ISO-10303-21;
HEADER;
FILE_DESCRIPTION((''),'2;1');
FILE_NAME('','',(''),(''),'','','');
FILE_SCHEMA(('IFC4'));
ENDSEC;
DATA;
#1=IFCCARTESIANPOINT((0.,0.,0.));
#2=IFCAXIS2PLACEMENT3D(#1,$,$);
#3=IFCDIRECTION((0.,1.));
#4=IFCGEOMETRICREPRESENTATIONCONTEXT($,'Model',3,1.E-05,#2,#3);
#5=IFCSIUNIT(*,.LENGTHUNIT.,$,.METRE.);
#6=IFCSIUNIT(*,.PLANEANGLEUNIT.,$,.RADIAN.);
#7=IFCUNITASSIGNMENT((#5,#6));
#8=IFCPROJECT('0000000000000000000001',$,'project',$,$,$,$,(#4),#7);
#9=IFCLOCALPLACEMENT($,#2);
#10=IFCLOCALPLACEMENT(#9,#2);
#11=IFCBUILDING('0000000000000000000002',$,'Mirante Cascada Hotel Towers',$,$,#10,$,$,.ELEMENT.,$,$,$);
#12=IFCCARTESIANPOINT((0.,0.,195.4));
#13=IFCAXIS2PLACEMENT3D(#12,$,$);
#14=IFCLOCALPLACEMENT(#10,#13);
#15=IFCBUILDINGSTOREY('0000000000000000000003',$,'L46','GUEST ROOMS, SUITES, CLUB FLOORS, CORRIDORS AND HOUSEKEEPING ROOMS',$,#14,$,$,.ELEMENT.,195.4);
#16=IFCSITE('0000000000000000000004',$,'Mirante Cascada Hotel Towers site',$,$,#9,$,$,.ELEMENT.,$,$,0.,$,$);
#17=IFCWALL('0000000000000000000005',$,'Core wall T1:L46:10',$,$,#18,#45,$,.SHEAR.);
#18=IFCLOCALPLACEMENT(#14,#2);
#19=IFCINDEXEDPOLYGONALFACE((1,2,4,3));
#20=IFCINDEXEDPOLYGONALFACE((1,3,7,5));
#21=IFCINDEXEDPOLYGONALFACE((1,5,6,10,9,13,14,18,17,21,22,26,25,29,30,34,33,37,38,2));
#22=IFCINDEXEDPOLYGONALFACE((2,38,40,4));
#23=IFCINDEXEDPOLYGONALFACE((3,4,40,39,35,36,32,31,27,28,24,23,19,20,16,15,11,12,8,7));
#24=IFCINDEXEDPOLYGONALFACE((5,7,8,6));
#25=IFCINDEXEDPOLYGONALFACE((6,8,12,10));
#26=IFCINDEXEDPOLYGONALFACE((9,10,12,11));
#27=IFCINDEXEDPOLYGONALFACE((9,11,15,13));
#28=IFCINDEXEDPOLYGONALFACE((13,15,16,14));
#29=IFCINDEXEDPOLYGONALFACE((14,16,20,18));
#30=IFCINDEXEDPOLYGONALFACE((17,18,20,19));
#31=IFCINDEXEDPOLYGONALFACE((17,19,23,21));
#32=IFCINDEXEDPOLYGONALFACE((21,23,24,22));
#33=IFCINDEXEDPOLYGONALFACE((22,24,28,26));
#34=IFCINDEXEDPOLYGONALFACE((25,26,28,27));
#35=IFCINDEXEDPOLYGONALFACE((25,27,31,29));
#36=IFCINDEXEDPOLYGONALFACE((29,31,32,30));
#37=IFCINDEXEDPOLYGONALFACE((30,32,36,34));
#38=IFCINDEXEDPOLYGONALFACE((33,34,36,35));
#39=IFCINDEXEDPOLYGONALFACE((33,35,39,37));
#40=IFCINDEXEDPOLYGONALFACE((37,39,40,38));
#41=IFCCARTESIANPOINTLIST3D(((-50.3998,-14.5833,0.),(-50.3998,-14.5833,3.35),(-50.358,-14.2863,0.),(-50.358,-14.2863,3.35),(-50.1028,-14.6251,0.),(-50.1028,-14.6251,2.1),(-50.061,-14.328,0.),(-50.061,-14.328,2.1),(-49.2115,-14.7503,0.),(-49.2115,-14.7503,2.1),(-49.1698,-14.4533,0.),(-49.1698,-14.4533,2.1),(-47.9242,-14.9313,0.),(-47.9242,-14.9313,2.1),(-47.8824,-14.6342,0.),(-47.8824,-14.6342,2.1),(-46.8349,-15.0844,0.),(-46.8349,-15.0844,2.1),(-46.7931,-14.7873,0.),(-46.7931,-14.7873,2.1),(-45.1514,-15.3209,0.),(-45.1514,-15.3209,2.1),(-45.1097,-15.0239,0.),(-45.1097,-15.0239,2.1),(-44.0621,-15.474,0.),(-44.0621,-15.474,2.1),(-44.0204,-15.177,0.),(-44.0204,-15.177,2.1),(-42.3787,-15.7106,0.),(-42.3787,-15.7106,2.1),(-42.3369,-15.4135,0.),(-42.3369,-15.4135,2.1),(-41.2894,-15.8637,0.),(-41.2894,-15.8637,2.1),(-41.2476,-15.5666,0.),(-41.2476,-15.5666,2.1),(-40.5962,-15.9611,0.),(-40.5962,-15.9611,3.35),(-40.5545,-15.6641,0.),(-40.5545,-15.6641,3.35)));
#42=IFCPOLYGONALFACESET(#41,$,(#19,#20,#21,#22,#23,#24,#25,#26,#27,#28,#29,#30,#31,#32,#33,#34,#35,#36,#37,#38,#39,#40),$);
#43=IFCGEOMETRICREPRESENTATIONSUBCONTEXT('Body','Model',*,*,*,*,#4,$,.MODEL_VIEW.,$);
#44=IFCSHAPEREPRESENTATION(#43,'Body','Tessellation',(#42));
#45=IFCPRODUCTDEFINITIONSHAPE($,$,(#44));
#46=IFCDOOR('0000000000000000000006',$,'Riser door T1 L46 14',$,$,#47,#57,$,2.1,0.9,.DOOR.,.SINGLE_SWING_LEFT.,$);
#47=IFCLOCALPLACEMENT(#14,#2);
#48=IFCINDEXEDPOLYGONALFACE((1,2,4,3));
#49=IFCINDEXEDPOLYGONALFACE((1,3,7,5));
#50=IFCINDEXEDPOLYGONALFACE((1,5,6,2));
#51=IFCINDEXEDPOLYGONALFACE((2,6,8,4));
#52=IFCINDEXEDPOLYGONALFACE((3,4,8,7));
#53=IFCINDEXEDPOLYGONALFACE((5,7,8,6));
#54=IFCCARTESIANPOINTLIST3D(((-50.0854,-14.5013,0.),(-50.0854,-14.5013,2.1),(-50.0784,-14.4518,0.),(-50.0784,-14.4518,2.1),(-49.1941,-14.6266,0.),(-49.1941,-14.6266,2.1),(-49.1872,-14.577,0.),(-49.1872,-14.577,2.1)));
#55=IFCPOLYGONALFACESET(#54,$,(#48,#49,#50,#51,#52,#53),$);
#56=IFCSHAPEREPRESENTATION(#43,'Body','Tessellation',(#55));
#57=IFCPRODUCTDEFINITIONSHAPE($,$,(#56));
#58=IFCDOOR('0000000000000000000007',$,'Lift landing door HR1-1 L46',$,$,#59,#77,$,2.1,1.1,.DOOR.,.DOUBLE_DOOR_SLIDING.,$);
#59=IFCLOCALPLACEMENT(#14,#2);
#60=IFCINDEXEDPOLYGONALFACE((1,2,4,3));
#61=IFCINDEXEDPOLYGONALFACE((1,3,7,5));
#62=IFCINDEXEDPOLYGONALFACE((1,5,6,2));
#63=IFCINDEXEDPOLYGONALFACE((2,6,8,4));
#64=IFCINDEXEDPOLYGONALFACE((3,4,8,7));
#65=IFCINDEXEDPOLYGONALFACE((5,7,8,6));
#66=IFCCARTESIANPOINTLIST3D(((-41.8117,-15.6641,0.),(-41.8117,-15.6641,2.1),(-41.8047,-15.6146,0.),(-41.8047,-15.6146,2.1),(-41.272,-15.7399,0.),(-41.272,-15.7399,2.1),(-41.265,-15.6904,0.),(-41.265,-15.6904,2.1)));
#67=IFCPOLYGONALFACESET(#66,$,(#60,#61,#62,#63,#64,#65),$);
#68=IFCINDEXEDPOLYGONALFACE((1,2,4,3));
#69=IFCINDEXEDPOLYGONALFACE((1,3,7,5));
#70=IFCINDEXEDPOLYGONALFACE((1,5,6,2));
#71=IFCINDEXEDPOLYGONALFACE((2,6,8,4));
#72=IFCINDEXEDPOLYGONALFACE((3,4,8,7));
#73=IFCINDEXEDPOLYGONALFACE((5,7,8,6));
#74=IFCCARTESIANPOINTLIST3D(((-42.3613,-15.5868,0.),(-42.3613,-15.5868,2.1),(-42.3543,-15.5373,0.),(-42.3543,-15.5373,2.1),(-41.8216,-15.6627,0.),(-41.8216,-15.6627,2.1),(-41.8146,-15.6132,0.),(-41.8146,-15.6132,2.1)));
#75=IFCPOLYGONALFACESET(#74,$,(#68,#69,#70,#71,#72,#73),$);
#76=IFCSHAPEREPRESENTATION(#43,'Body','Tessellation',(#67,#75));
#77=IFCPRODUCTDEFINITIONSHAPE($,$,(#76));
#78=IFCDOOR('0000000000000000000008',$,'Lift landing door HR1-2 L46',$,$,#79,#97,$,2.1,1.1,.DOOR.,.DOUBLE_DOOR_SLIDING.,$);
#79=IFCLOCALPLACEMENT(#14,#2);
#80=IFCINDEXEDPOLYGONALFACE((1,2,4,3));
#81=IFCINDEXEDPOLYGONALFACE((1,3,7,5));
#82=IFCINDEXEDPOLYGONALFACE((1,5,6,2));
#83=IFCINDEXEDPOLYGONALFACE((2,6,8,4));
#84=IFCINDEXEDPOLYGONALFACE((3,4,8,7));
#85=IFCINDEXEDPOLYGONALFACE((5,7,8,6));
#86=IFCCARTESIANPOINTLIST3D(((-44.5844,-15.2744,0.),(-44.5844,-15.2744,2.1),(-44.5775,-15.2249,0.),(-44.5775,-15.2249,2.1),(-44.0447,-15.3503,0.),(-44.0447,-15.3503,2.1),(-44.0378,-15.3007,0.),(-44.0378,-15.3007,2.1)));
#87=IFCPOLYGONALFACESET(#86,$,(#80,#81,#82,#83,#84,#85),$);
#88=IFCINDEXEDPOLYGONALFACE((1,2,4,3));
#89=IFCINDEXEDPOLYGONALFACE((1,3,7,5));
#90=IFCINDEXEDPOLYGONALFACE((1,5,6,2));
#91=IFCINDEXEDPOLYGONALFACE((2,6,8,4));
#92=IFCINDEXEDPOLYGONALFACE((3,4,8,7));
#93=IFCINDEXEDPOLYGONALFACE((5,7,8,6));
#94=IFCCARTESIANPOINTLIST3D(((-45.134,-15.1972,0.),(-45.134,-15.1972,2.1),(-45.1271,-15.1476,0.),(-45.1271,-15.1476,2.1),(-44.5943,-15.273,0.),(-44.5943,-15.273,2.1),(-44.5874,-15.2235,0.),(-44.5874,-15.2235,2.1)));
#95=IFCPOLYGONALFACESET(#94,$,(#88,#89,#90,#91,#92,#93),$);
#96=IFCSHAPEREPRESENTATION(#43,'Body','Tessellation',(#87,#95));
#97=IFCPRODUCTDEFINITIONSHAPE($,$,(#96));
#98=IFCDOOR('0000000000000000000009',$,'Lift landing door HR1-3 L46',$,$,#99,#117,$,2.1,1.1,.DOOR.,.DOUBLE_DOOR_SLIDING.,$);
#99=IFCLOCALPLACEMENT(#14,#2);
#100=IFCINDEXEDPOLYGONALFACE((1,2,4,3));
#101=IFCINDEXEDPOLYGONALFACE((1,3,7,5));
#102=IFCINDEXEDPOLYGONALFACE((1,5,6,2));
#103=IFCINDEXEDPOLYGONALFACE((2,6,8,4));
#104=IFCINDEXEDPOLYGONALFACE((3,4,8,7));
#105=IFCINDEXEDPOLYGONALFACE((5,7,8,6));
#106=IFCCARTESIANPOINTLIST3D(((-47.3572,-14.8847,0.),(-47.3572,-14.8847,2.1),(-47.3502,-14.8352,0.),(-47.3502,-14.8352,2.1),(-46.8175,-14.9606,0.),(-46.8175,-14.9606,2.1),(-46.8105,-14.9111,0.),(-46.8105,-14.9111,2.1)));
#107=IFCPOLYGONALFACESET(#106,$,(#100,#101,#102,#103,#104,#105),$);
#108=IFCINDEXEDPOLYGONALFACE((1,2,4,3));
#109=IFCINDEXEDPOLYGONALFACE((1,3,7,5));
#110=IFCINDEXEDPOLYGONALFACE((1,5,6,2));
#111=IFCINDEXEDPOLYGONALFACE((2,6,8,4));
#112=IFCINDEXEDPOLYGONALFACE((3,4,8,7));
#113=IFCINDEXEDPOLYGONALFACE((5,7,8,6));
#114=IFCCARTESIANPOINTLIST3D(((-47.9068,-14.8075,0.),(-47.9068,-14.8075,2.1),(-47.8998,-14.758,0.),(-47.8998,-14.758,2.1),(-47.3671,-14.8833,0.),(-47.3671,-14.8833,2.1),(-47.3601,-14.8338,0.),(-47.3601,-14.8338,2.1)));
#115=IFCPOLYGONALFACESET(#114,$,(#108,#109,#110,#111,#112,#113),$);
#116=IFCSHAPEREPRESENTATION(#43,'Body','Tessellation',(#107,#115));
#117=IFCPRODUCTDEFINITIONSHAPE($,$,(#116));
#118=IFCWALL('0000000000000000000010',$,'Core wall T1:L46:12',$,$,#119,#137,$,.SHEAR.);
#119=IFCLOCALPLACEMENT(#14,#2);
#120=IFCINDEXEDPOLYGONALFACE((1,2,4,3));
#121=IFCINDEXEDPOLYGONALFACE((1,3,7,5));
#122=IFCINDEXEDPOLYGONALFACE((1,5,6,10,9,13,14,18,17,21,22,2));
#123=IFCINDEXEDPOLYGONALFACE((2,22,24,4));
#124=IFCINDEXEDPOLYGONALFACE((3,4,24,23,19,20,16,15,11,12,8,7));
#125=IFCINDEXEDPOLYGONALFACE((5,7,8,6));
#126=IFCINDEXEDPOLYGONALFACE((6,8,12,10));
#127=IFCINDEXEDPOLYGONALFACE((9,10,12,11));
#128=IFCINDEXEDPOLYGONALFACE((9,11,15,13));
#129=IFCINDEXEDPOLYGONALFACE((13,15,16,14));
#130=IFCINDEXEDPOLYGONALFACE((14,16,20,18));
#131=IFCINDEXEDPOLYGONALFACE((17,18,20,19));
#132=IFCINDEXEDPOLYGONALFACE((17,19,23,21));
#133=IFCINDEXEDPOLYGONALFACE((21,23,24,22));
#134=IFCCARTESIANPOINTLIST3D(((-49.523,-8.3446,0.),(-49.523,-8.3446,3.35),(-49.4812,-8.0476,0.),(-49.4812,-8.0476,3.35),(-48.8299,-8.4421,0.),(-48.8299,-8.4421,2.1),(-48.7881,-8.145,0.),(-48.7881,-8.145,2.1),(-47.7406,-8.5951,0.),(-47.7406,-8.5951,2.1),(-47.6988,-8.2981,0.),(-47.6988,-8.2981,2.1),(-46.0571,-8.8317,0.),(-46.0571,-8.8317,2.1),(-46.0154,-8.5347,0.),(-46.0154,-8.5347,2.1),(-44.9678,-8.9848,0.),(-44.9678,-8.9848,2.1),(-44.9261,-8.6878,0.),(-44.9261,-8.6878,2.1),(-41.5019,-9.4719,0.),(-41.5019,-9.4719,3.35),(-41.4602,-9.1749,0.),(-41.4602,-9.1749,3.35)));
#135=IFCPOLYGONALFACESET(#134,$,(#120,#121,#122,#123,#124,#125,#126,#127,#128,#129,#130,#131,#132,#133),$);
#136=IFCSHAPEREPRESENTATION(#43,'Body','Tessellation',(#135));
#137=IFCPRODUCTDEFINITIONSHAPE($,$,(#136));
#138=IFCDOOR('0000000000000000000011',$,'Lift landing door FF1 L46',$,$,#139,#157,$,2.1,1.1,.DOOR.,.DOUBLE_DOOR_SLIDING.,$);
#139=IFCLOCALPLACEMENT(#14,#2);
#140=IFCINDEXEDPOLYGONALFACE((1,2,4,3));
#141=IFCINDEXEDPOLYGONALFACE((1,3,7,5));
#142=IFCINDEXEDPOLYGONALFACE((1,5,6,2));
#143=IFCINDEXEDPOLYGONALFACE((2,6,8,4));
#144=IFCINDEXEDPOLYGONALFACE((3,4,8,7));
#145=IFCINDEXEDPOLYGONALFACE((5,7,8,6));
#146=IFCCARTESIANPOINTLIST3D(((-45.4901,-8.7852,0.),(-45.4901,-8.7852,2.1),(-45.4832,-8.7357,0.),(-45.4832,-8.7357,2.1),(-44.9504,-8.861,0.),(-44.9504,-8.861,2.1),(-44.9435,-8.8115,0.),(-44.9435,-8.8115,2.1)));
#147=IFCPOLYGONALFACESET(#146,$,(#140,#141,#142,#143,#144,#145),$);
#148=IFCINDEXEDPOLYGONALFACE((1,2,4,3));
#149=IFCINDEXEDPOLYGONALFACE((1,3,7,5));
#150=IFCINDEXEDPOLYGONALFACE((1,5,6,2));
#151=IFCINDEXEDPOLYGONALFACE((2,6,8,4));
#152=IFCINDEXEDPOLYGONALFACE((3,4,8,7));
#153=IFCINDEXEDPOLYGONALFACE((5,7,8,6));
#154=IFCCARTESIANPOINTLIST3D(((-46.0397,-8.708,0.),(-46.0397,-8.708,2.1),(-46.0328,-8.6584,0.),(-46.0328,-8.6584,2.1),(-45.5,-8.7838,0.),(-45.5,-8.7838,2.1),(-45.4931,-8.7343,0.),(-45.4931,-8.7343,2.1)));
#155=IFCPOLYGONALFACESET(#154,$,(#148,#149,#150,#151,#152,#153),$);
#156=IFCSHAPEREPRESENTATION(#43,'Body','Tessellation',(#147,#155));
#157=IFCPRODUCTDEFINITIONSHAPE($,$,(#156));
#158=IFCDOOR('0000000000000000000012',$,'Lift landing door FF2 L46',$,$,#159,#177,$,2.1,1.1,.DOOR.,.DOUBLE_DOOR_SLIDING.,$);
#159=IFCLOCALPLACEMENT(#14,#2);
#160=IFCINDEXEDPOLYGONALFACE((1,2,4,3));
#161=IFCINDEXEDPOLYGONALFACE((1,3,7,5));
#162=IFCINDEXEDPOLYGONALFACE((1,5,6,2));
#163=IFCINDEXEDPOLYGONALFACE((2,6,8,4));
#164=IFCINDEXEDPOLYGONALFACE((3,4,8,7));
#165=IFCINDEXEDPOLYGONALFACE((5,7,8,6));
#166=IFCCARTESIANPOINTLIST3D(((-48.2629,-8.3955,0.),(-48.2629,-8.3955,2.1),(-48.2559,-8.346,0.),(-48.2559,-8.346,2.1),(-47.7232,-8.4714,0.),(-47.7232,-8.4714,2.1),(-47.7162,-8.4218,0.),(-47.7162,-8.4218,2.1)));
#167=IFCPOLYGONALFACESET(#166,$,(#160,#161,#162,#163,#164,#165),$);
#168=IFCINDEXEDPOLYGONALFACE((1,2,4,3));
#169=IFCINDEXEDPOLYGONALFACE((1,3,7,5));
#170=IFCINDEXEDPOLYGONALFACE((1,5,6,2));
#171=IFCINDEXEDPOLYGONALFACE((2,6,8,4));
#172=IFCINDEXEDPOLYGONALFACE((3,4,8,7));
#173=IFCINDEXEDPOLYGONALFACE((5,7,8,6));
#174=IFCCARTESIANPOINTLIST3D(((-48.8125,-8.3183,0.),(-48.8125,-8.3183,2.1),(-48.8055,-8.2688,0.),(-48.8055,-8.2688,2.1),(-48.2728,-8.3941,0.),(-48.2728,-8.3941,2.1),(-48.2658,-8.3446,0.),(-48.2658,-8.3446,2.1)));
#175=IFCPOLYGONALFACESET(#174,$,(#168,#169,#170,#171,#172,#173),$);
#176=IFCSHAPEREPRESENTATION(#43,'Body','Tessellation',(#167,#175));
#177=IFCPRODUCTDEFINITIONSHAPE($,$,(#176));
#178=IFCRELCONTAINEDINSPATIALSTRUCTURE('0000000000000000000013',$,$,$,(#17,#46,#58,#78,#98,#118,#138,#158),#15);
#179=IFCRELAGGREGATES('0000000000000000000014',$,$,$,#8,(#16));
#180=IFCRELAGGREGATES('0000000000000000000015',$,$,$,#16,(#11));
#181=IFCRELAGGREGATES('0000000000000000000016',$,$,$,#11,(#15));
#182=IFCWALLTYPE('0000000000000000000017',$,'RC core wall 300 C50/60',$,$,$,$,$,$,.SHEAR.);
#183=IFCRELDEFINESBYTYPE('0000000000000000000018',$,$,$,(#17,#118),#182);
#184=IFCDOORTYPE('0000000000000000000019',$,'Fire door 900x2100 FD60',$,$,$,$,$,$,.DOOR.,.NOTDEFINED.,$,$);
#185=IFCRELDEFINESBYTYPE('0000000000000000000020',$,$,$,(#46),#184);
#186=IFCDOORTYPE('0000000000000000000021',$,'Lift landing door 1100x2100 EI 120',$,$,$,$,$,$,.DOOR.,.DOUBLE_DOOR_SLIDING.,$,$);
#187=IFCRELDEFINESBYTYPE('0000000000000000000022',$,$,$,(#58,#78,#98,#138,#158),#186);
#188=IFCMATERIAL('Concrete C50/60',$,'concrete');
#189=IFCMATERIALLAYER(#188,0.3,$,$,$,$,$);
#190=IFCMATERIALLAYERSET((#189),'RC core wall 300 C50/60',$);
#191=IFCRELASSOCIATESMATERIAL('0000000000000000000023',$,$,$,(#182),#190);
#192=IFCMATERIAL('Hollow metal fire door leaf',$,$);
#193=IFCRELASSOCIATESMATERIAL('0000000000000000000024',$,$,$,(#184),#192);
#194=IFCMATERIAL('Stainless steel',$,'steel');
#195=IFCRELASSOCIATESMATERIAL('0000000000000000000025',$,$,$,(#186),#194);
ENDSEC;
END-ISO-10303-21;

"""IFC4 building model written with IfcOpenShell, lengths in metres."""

from ifc_helpers import new_model, si_unit, direction, frame, frame_2d, origin, place, context, subcontext, project, spatial, rectangle, extrude, material, layer, layer_set, type_object, element, fill, save


model = new_model("IFC4")

# Units and contexts
model_context = context("Model", 3, precision=1e-05, world=origin(), true_north=direction((0.0, 1.0)))
body_context = subcontext(model_context, "Body", "Model", "MODEL_VIEW")
ifc_project = project(units=[si_unit("LENGTHUNIT", "METRE"), si_unit("PLANEANGLEUNIT", "RADIAN")], contexts=[model_context])

# Site, building, storey
site_placement = place(None, origin())
site = spatial("IfcSite", under=ifc_project, at=site_placement, Name="Mirante Cascada Hotel Towers site", CompositionType="ELEMENT", RefElevation=0.0)
building_placement = place(site_placement, origin())
building = spatial("IfcBuilding", under=site, at=building_placement, Name="Mirante Cascada Hotel Towers", CompositionType="ELEMENT")
storey_placement = place(building_placement, frame((0.0, 0.0, 195.4)))
storey = spatial("IfcBuildingStorey", under=building, at=storey_placement, Name="L46", Description="GUEST ROOMS, SUITES, CLUB FLOORS, CORRIDORS AND HOUSEKEEPING ROOMS", CompositionType="ELEMENT", Elevation=195.4)

# Shared definitions
ifc_material_1 = material(Name="Concrete C50/60", Category="concrete")
ifc_layer_1 = layer(ifc_material_1, 0.3)
ifc_layer_set_1 = layer_set([ifc_layer_1], Name="RC core wall 300 C50/60")
wall_type_1 = type_object("IfcWallType", Name="RC core wall 300 C50/60", PredefinedType="SHEAR", material=ifc_layer_set_1)

# Walls, openings, doors
wall_1_placement = place(storey_placement, frame((-40.5753, -15.8126, 0.0), z_axis=(0.0, 0.0, 1.0), x_axis=(-0.990268, 0.139173, 0.0)))
wall_1 = element("IfcWall", 1, at=wall_1_placement, inside=storey, type_object=wall_type_1, Name="Core wall T1:L46:10", PredefinedType="SHEAR", context=body_context, shape_type="SweptSolid", body=[
    extrude(rectangle(XDim=9.8999, YDim=0.3, at=frame_2d((4.95, 0.0))), origin(), (0.0, 0.0, 1.0), 3.35),
])
opening_1_placement = place(wall_1_placement, frame((0.7, 0.0, 0.0)))
opening_1 = element("IfcOpeningElement", 2, at=opening_1_placement, cuts=wall_1, PredefinedType="OPENING", context=body_context, shape_type="SweptSolid", body=[
    extrude(rectangle(XDim=1.1, YDim=2.1, at=frame_2d((0.55, 1.05))), frame((0.0, 0.15, 0.0), z_axis=(0.0, -1.0, 0.0), x_axis=(1.0, 0.0, 0.0)), (0.0, 0.0, 1.0), 0.3),
])
opening_2_placement = place(wall_1_placement, frame((3.5, 0.0, 0.0)))
opening_2 = element("IfcOpeningElement", 3, at=opening_2_placement, cuts=wall_1, PredefinedType="OPENING", context=body_context, shape_type="SweptSolid", body=[
    extrude(rectangle(XDim=1.1, YDim=2.1, at=frame_2d((0.55, 1.05))), frame((0.0, 0.15, 0.0), z_axis=(0.0, -1.0, 0.0), x_axis=(1.0, 0.0, 0.0)), (0.0, 0.0, 1.0), 0.3),
])
opening_3_placement = place(wall_1_placement, frame((6.3, 0.0, 0.0)))
opening_3 = element("IfcOpeningElement", 4, at=opening_3_placement, cuts=wall_1, PredefinedType="OPENING", context=body_context, shape_type="SweptSolid", body=[
    extrude(rectangle(XDim=1.1, YDim=2.1, at=frame_2d((0.55, 1.05))), frame((0.0, 0.15, 0.0), z_axis=(0.0, -1.0, 0.0), x_axis=(1.0, 0.0, 0.0)), (0.0, 0.0, 1.0), 0.3),
])
opening_4_placement = place(wall_1_placement, frame((8.7, 0.0, 0.0)))
opening_4 = element("IfcOpeningElement", 5, at=opening_4_placement, cuts=wall_1, PredefinedType="OPENING", context=body_context, shape_type="SweptSolid", body=[
    extrude(rectangle(XDim=0.9, YDim=2.1, at=frame_2d((0.45, 1.05))), frame((0.0, 0.15, 0.0), z_axis=(0.0, -1.0, 0.0), x_axis=(1.0, 0.0, 0.0)), (0.0, 0.0, 1.0), 0.3),
])
ifc_material_2 = material(Name="Hollow metal fire door leaf")
door_type_1 = type_object("IfcDoorType", Name="Fire door 900x2100 FD60", OperationType="NOTDEFINED", PredefinedType="DOOR", material=ifc_material_2)
door_1_placement = place(opening_4_placement, origin())
door_1 = element("IfcDoor", 6, at=door_1_placement, inside=storey, type_object=door_type_1, Name="Riser door T1 L46 14", OperationType="SINGLE_SWING_LEFT", OverallHeight=2.1, OverallWidth=0.9, PredefinedType="DOOR", context=body_context, shape_type="SweptSolid", body=[
    extrude(rectangle(XDim=0.9, YDim=2.1, at=frame_2d((0.45, 1.05))), frame((0.0, 0.025, 0.0), z_axis=(0.0, -1.0, 0.0), x_axis=(1.0, 0.0, 0.0)), (0.0, 0.0, 1.0), 0.05),
])
fill(opening_4, door_1)
ifc_material_3 = material(Name="Stainless steel", Category="steel")
door_type_2 = type_object("IfcDoorType", Name="Lift landing door 1100x2100 EI 120", OperationType="DOUBLE_DOOR_SLIDING", PredefinedType="DOOR", material=ifc_material_3)
door_2_placement = place(opening_1_placement, origin())
door_2 = element("IfcDoor", 7, at=door_2_placement, inside=storey, type_object=door_type_2, Name="Lift landing door HR1-1 L46", OperationType="DOUBLE_DOOR_SLIDING", OverallHeight=2.1, OverallWidth=1.1, PredefinedType="DOOR", context=body_context, shape_type="SweptSolid", body=[
    extrude(rectangle(XDim=0.545, YDim=2.1, at=frame_2d((0.2725, 1.05))), frame((0.0, 0.025, 0.0), z_axis=(0.0, -1.0, 0.0), x_axis=(1.0, 0.0, 0.0)), (0.0, 0.0, 1.0), 0.05),
    extrude(rectangle(XDim=0.545, YDim=2.1, at=frame_2d((0.8275, 1.05))), frame((0.0, 0.025, 0.0), z_axis=(0.0, -1.0, 0.0), x_axis=(1.0, 0.0, 0.0)), (0.0, 0.0, 1.0), 0.05),
])
fill(opening_1, door_2)
door_3_placement = place(opening_2_placement, origin())
door_3 = element("IfcDoor", 8, at=door_3_placement, inside=storey, type_object=door_type_2, Name="Lift landing door HR1-2 L46", OperationType="DOUBLE_DOOR_SLIDING", OverallHeight=2.1, OverallWidth=1.1, PredefinedType="DOOR", context=body_context, shape_type="SweptSolid", body=[
    extrude(rectangle(XDim=0.545, YDim=2.1, at=frame_2d((0.2725, 1.05))), frame((0.0, 0.025, 0.0), z_axis=(0.0, -1.0, 0.0), x_axis=(1.0, 0.0, 0.0)), (0.0, 0.0, 1.0), 0.05),
    extrude(rectangle(XDim=0.545, YDim=2.1, at=frame_2d((0.8275, 1.05))), frame((0.0, 0.025, 0.0), z_axis=(0.0, -1.0, 0.0), x_axis=(1.0, 0.0, 0.0)), (0.0, 0.0, 1.0), 0.05),
])
fill(opening_2, door_3)
door_4_placement = place(opening_3_placement, origin())
door_4 = element("IfcDoor", 9, at=door_4_placement, inside=storey, type_object=door_type_2, Name="Lift landing door HR1-3 L46", OperationType="DOUBLE_DOOR_SLIDING", OverallHeight=2.1, OverallWidth=1.1, PredefinedType="DOOR", context=body_context, shape_type="SweptSolid", body=[
    extrude(rectangle(XDim=0.545, YDim=2.1, at=frame_2d((0.2725, 1.05))), frame((0.0, 0.025, 0.0), z_axis=(0.0, -1.0, 0.0), x_axis=(1.0, 0.0, 0.0)), (0.0, 0.0, 1.0), 0.05),
    extrude(rectangle(XDim=0.545, YDim=2.1, at=frame_2d((0.8275, 1.05))), frame((0.0, 0.025, 0.0), z_axis=(0.0, -1.0, 0.0), x_axis=(1.0, 0.0, 0.0)), (0.0, 0.0, 1.0), 0.05),
])
fill(opening_3, door_4)
wall_2_placement = place(storey_placement, frame((-41.481, -9.3234, 0.0), z_axis=(0.0, 0.0, 1.0), x_axis=(-0.990268, 0.139174, 0.0)))
wall_2 = element("IfcWall", 10, at=wall_2_placement, inside=storey, type_object=wall_type_1, Name="Core wall T1:L46:12", PredefinedType="SHEAR", context=body_context, shape_type="SweptSolid", body=[
    extrude(rectangle(XDim=8.0999, YDim=0.3, at=frame_2d((4.05, 0.0))), origin(), (0.0, 0.0, 1.0), 3.35),
])
opening_5_placement = place(wall_2_placement, frame((3.5, 0.0, 0.0)))
opening_5 = element("IfcOpeningElement", 11, at=opening_5_placement, cuts=wall_2, PredefinedType="OPENING", context=body_context, shape_type="SweptSolid", body=[
    extrude(rectangle(XDim=1.1, YDim=2.1, at=frame_2d((0.55, 1.05))), frame((0.0, 0.15, 0.0), z_axis=(0.0, -1.0, 0.0), x_axis=(1.0, 0.0, 0.0)), (0.0, 0.0, 1.0), 0.3),
])
opening_6_placement = place(wall_2_placement, frame((6.3, 0.0, 0.0)))
opening_6 = element("IfcOpeningElement", 12, at=opening_6_placement, cuts=wall_2, PredefinedType="OPENING", context=body_context, shape_type="SweptSolid", body=[
    extrude(rectangle(XDim=1.1, YDim=2.1, at=frame_2d((0.55, 1.05))), frame((0.0, 0.15, 0.0), z_axis=(0.0, -1.0, 0.0), x_axis=(1.0, 0.0, 0.0)), (0.0, 0.0, 1.0), 0.3),
])
door_5_placement = place(opening_5_placement, origin())
door_5 = element("IfcDoor", 13, at=door_5_placement, inside=storey, type_object=door_type_2, Name="Lift landing door FF1 L46", OperationType="DOUBLE_DOOR_SLIDING", OverallHeight=2.1, OverallWidth=1.1, PredefinedType="DOOR", context=body_context, shape_type="SweptSolid", body=[
    extrude(rectangle(XDim=0.545, YDim=2.1, at=frame_2d((0.2725, 1.05))), frame((0.0, 0.025, 0.0), z_axis=(0.0, -1.0, 0.0), x_axis=(1.0, 0.0, 0.0)), (0.0, 0.0, 1.0), 0.05),
    extrude(rectangle(XDim=0.545, YDim=2.1, at=frame_2d((0.8275, 1.05))), frame((0.0, 0.025, 0.0), z_axis=(0.0, -1.0, 0.0), x_axis=(1.0, 0.0, 0.0)), (0.0, 0.0, 1.0), 0.05),
])
fill(opening_5, door_5)
door_6_placement = place(opening_6_placement, origin())
door_6 = element("IfcDoor", 14, at=door_6_placement, inside=storey, type_object=door_type_2, Name="Lift landing door FF2 L46", OperationType="DOUBLE_DOOR_SLIDING", OverallHeight=2.1, OverallWidth=1.1, PredefinedType="DOOR", context=body_context, shape_type="SweptSolid", body=[
    extrude(rectangle(XDim=0.545, YDim=2.1, at=frame_2d((0.2725, 1.05))), frame((0.0, 0.025, 0.0), z_axis=(0.0, -1.0, 0.0), x_axis=(1.0, 0.0, 0.0)), (0.0, 0.0, 1.0), 0.05),
    extrude(rectangle(XDim=0.545, YDim=2.1, at=frame_2d((0.8275, 1.05))), frame((0.0, 0.025, 0.0), z_axis=(0.0, -1.0, 0.0), x_axis=(1.0, 0.0, 0.0)), (0.0, 0.0, 1.0), 0.05),
])
fill(opening_6, door_6)

save(model, "model.ifc")
